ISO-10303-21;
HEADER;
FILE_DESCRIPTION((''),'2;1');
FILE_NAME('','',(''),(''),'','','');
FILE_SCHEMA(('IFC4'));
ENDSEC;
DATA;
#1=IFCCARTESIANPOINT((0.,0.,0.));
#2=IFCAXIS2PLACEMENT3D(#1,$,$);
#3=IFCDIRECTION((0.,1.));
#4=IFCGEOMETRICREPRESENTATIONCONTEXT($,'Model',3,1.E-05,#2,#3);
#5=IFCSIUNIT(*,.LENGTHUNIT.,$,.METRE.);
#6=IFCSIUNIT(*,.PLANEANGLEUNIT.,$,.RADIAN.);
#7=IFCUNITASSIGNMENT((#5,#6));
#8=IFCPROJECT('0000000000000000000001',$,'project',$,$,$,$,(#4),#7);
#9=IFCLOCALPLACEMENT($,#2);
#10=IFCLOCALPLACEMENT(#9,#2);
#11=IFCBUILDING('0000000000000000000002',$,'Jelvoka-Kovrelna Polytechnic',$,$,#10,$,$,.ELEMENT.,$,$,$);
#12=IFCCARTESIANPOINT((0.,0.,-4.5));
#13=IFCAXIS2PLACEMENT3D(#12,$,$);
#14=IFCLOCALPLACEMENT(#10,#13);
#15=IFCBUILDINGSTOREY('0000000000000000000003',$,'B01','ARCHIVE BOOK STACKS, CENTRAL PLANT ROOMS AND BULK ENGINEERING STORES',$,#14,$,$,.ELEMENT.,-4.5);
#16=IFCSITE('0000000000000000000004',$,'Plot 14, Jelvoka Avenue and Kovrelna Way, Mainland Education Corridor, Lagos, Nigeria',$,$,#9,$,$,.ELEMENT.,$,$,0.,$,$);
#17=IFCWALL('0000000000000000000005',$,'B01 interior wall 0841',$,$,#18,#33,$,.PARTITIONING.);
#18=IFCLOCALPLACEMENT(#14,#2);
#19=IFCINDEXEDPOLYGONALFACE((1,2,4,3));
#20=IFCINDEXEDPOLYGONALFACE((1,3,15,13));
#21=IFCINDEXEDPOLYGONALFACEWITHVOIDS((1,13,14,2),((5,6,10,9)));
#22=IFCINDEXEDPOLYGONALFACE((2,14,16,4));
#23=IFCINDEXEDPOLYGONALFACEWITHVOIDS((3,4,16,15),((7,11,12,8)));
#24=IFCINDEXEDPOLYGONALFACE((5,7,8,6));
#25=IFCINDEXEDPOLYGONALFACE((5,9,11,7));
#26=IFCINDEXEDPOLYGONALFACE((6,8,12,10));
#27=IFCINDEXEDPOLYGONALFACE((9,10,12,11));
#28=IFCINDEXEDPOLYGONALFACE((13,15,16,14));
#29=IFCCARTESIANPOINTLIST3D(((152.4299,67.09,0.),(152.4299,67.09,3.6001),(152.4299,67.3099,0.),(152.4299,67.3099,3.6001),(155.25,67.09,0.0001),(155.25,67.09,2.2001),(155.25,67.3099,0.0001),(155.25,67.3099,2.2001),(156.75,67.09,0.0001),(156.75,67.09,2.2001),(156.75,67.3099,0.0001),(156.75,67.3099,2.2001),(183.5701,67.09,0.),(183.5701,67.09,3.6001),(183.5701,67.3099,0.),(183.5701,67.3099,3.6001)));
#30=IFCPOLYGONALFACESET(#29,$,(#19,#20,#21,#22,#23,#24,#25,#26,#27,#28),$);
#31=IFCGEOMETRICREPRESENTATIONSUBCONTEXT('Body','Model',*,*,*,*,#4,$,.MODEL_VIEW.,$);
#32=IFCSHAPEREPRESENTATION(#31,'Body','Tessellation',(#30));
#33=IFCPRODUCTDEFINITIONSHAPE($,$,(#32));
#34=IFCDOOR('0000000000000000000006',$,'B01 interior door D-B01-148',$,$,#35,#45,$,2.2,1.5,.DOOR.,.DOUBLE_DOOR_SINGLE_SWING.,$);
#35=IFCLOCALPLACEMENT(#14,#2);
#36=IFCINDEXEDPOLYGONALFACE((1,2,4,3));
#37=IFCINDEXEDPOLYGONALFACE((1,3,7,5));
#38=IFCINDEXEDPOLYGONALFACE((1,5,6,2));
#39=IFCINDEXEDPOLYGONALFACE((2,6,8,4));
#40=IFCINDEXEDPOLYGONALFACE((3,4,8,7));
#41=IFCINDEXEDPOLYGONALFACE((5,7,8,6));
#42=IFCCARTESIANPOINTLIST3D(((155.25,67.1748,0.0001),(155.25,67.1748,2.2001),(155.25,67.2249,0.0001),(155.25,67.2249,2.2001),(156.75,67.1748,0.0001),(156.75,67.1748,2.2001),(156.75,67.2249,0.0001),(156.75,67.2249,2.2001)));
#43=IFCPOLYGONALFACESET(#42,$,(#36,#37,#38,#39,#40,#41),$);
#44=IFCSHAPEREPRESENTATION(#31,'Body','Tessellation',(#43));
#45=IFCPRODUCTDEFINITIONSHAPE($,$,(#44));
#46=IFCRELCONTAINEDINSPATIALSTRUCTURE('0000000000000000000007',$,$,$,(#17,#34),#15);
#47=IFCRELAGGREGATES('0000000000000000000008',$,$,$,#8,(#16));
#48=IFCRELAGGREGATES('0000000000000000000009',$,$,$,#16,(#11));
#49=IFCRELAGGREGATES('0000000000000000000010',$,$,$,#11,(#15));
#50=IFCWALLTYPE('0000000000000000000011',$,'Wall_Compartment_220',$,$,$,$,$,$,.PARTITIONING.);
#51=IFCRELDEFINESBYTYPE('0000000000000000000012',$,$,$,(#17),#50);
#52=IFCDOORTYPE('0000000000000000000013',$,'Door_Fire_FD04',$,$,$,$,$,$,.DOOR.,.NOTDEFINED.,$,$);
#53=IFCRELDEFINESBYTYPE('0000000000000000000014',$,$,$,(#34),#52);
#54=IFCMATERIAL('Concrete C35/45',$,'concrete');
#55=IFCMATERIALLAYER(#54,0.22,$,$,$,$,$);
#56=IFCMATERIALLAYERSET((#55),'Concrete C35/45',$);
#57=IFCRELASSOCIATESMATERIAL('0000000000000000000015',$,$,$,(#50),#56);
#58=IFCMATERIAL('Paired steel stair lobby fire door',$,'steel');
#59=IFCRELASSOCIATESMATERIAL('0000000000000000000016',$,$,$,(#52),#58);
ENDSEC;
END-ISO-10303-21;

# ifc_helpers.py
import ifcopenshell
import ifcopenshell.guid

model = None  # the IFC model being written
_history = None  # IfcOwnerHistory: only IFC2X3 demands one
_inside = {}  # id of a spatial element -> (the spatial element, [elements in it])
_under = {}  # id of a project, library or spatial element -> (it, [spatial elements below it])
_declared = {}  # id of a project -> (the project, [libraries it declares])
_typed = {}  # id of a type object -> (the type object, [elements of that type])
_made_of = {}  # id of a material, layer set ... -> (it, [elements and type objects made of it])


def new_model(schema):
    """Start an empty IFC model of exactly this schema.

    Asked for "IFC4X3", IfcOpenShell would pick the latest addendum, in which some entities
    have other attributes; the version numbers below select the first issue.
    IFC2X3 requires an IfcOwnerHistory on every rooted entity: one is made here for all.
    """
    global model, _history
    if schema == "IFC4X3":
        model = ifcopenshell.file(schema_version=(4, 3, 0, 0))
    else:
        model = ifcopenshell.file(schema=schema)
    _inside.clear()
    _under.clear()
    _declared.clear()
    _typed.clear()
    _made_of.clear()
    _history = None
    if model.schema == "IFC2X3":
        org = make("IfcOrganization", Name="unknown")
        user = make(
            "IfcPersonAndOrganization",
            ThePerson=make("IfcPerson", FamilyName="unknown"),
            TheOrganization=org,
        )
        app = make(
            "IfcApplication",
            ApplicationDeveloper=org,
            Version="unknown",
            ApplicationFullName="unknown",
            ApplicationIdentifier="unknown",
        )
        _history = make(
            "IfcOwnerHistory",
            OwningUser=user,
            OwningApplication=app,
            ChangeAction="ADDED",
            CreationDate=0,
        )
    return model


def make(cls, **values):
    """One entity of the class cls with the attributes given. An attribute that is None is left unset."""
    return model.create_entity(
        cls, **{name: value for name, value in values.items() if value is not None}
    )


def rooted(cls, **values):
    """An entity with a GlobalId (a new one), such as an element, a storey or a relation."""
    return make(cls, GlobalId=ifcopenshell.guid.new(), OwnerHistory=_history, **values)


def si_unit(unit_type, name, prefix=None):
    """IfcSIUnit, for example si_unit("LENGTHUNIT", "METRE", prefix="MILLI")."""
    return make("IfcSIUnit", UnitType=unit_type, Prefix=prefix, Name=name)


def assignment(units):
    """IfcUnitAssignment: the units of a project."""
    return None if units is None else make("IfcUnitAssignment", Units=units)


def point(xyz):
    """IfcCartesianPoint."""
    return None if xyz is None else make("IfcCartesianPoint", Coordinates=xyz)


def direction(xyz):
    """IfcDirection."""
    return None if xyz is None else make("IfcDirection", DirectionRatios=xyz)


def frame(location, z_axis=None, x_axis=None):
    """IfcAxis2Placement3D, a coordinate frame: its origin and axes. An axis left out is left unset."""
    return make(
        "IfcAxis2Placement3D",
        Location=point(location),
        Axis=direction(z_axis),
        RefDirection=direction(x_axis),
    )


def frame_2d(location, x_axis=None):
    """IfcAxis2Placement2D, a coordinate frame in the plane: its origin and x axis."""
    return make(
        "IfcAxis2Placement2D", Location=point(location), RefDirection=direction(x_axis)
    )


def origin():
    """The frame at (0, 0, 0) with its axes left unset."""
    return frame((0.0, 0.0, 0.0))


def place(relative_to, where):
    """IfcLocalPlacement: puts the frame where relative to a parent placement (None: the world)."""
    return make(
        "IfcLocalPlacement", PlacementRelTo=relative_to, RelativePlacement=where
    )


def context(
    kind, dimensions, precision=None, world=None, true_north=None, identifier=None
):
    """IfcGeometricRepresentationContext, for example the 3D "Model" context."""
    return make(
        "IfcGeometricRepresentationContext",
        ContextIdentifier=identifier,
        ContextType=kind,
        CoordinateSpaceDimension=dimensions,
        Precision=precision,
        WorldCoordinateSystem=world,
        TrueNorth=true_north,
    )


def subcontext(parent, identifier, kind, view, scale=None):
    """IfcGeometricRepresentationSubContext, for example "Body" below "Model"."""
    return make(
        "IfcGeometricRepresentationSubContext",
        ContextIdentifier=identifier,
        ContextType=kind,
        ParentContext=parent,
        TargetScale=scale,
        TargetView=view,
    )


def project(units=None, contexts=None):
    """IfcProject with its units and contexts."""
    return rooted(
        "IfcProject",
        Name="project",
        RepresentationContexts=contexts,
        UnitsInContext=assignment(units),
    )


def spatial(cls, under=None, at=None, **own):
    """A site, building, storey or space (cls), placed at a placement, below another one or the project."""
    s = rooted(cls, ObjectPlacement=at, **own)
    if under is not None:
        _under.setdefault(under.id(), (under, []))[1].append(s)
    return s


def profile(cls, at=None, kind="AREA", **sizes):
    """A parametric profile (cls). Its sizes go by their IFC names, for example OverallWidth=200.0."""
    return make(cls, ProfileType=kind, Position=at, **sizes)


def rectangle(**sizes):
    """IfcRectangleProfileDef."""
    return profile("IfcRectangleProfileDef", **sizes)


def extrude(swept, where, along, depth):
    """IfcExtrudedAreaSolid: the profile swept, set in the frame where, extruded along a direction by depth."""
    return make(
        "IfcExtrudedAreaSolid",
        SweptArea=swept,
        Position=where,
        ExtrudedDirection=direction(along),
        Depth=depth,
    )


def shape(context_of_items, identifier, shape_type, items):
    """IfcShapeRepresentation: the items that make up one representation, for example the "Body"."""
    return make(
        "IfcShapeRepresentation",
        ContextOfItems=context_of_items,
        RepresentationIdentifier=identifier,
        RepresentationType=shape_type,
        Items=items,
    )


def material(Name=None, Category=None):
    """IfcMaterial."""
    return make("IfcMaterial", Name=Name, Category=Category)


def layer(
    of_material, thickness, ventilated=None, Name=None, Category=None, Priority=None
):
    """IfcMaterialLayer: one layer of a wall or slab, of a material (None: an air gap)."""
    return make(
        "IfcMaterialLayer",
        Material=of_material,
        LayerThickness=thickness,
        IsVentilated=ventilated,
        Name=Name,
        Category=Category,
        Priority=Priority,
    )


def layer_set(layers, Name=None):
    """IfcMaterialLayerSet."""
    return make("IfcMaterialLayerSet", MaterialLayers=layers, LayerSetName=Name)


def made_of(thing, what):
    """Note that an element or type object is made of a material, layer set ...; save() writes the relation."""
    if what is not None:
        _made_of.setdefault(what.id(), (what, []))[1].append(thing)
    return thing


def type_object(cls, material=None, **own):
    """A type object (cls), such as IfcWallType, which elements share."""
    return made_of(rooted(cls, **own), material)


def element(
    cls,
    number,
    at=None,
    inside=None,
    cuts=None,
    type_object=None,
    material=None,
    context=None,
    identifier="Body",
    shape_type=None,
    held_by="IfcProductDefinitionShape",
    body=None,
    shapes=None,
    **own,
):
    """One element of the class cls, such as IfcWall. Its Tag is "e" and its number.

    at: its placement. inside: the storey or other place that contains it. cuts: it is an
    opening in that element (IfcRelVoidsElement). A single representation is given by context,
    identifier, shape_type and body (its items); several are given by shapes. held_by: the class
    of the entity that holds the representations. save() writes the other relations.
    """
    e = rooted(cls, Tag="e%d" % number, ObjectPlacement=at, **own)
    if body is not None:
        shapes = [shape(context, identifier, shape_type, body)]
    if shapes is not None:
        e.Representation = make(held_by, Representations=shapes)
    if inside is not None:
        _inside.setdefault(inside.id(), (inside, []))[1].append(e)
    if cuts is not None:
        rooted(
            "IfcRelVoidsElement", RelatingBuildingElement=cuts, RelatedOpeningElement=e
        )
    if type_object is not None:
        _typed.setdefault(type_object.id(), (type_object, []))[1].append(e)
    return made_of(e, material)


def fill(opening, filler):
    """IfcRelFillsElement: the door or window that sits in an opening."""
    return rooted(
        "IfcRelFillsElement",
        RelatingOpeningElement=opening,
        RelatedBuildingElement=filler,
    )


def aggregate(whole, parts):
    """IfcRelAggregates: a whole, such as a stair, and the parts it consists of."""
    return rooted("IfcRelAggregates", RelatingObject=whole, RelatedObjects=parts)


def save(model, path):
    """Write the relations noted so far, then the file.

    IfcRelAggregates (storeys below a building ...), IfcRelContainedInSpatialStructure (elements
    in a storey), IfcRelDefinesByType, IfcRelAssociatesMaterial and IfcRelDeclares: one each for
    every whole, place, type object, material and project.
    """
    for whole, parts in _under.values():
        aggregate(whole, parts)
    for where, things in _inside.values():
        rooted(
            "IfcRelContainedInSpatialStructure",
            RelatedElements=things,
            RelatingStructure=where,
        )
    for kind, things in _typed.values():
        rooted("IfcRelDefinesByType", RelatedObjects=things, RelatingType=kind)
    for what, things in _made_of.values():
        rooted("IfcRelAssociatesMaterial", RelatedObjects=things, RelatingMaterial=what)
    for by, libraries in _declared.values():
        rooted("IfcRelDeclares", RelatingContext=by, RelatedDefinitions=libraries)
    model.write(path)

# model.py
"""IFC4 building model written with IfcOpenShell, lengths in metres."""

from ifc_helpers import new_model, si_unit, direction, frame, frame_2d, origin, place, context, subcontext, project, spatial, rectangle, extrude, material, layer, layer_set, type_object, element, fill, save


model = new_model("IFC4")

# Units and contexts
model_context = context("Model", 3, precision=1e-05, world=origin(), true_north=direction((0.0, 1.0)))
body_context = subcontext(model_context, "Body", "Model", "MODEL_VIEW")
ifc_project = project(units=[si_unit("LENGTHUNIT", "METRE"), si_unit("PLANEANGLEUNIT", "RADIAN")], contexts=[model_context])

# Site, building, storey
site_placement = place(None, origin())
site = spatial("IfcSite", under=ifc_project, at=site_placement, Name="Plot 14, Jelvoka Avenue and Kovrelna Way, Mainland Education Corridor, Lagos, Nigeria", CompositionType="ELEMENT", RefElevation=0.0)
building_placement = place(site_placement, origin())
building = spatial("IfcBuilding", under=site, at=building_placement, Name="Jelvoka-Kovrelna Polytechnic", CompositionType="ELEMENT")
storey_placement = place(building_placement, frame((0.0, 0.0, -4.5)))
storey = spatial("IfcBuildingStorey", under=building, at=storey_placement, Name="B01", Description="ARCHIVE BOOK STACKS, CENTRAL PLANT ROOMS AND BULK ENGINEERING STORES", CompositionType="ELEMENT", Elevation=-4.5)

# Wall, opening, door
ifc_material_1 = material(Name="Concrete C35/45", Category="concrete")
ifc_layer = layer(ifc_material_1, 0.22)
ifc_layer_set = layer_set([ifc_layer], Name="Concrete C35/45")
wall_type = type_object("IfcWallType", Name="Wall_Compartment_220", PredefinedType="PARTITIONING", material=ifc_layer_set)
wall_placement = place(storey_placement, frame((152.4299, 67.2, 0.0), z_axis=(0.0, 0.0, 1.0), x_axis=(1.0, 0.0, 0.0)))
wall = element("IfcWall", 1, at=wall_placement, inside=storey, type_object=wall_type, Name="B01 interior wall 0841", PredefinedType="PARTITIONING", context=body_context, shape_type="SweptSolid", body=[
    extrude(rectangle(XDim=31.1401, YDim=0.22, at=frame_2d((15.5701, 0.0))), origin(), (0.0, 0.0, 1.0), 3.6001),
])
opening_placement = place(wall_placement, frame((2.8201, 0.0, 0.0)))
opening = element("IfcOpeningElement", 2, at=opening_placement, cuts=wall, PredefinedType="OPENING", context=body_context, shape_type="SweptSolid", body=[
    extrude(rectangle(XDim=1.5, YDim=2.2, at=frame_2d((0.75, 1.1001))), frame((0.0, 0.1199, 0.0), z_axis=(0.0, -1.0, 0.0), x_axis=(1.0, 0.0, 0.0)), (0.0, 0.0, 1.0), 0.24),
])
ifc_material_2 = material(Name="Paired steel stair lobby fire door", Category="steel")
door_type = type_object("IfcDoorType", Name="Door_Fire_FD04", OperationType="NOTDEFINED", PredefinedType="DOOR", material=ifc_material_2)
door_placement = place(opening_placement, origin())
door = element("IfcDoor", 3, at=door_placement, inside=storey, type_object=door_type, Name="B01 interior door D-B01-148", OperationType="DOUBLE_DOOR_SINGLE_SWING", OverallHeight=2.2, OverallWidth=1.5, PredefinedType="DOOR", context=body_context, shape_type="SweptSolid", body=[
    extrude(rectangle(XDim=1.5, YDim=2.2, at=frame_2d((0.75, 1.1001))), frame((0.0, 0.0249, 0.0), z_axis=(0.0, -1.0, 0.0), x_axis=(1.0, 0.0, 0.0)), (0.0, 0.0, 1.0), 0.05),
])
fill(opening, door)

save(model, "model.ifc")
